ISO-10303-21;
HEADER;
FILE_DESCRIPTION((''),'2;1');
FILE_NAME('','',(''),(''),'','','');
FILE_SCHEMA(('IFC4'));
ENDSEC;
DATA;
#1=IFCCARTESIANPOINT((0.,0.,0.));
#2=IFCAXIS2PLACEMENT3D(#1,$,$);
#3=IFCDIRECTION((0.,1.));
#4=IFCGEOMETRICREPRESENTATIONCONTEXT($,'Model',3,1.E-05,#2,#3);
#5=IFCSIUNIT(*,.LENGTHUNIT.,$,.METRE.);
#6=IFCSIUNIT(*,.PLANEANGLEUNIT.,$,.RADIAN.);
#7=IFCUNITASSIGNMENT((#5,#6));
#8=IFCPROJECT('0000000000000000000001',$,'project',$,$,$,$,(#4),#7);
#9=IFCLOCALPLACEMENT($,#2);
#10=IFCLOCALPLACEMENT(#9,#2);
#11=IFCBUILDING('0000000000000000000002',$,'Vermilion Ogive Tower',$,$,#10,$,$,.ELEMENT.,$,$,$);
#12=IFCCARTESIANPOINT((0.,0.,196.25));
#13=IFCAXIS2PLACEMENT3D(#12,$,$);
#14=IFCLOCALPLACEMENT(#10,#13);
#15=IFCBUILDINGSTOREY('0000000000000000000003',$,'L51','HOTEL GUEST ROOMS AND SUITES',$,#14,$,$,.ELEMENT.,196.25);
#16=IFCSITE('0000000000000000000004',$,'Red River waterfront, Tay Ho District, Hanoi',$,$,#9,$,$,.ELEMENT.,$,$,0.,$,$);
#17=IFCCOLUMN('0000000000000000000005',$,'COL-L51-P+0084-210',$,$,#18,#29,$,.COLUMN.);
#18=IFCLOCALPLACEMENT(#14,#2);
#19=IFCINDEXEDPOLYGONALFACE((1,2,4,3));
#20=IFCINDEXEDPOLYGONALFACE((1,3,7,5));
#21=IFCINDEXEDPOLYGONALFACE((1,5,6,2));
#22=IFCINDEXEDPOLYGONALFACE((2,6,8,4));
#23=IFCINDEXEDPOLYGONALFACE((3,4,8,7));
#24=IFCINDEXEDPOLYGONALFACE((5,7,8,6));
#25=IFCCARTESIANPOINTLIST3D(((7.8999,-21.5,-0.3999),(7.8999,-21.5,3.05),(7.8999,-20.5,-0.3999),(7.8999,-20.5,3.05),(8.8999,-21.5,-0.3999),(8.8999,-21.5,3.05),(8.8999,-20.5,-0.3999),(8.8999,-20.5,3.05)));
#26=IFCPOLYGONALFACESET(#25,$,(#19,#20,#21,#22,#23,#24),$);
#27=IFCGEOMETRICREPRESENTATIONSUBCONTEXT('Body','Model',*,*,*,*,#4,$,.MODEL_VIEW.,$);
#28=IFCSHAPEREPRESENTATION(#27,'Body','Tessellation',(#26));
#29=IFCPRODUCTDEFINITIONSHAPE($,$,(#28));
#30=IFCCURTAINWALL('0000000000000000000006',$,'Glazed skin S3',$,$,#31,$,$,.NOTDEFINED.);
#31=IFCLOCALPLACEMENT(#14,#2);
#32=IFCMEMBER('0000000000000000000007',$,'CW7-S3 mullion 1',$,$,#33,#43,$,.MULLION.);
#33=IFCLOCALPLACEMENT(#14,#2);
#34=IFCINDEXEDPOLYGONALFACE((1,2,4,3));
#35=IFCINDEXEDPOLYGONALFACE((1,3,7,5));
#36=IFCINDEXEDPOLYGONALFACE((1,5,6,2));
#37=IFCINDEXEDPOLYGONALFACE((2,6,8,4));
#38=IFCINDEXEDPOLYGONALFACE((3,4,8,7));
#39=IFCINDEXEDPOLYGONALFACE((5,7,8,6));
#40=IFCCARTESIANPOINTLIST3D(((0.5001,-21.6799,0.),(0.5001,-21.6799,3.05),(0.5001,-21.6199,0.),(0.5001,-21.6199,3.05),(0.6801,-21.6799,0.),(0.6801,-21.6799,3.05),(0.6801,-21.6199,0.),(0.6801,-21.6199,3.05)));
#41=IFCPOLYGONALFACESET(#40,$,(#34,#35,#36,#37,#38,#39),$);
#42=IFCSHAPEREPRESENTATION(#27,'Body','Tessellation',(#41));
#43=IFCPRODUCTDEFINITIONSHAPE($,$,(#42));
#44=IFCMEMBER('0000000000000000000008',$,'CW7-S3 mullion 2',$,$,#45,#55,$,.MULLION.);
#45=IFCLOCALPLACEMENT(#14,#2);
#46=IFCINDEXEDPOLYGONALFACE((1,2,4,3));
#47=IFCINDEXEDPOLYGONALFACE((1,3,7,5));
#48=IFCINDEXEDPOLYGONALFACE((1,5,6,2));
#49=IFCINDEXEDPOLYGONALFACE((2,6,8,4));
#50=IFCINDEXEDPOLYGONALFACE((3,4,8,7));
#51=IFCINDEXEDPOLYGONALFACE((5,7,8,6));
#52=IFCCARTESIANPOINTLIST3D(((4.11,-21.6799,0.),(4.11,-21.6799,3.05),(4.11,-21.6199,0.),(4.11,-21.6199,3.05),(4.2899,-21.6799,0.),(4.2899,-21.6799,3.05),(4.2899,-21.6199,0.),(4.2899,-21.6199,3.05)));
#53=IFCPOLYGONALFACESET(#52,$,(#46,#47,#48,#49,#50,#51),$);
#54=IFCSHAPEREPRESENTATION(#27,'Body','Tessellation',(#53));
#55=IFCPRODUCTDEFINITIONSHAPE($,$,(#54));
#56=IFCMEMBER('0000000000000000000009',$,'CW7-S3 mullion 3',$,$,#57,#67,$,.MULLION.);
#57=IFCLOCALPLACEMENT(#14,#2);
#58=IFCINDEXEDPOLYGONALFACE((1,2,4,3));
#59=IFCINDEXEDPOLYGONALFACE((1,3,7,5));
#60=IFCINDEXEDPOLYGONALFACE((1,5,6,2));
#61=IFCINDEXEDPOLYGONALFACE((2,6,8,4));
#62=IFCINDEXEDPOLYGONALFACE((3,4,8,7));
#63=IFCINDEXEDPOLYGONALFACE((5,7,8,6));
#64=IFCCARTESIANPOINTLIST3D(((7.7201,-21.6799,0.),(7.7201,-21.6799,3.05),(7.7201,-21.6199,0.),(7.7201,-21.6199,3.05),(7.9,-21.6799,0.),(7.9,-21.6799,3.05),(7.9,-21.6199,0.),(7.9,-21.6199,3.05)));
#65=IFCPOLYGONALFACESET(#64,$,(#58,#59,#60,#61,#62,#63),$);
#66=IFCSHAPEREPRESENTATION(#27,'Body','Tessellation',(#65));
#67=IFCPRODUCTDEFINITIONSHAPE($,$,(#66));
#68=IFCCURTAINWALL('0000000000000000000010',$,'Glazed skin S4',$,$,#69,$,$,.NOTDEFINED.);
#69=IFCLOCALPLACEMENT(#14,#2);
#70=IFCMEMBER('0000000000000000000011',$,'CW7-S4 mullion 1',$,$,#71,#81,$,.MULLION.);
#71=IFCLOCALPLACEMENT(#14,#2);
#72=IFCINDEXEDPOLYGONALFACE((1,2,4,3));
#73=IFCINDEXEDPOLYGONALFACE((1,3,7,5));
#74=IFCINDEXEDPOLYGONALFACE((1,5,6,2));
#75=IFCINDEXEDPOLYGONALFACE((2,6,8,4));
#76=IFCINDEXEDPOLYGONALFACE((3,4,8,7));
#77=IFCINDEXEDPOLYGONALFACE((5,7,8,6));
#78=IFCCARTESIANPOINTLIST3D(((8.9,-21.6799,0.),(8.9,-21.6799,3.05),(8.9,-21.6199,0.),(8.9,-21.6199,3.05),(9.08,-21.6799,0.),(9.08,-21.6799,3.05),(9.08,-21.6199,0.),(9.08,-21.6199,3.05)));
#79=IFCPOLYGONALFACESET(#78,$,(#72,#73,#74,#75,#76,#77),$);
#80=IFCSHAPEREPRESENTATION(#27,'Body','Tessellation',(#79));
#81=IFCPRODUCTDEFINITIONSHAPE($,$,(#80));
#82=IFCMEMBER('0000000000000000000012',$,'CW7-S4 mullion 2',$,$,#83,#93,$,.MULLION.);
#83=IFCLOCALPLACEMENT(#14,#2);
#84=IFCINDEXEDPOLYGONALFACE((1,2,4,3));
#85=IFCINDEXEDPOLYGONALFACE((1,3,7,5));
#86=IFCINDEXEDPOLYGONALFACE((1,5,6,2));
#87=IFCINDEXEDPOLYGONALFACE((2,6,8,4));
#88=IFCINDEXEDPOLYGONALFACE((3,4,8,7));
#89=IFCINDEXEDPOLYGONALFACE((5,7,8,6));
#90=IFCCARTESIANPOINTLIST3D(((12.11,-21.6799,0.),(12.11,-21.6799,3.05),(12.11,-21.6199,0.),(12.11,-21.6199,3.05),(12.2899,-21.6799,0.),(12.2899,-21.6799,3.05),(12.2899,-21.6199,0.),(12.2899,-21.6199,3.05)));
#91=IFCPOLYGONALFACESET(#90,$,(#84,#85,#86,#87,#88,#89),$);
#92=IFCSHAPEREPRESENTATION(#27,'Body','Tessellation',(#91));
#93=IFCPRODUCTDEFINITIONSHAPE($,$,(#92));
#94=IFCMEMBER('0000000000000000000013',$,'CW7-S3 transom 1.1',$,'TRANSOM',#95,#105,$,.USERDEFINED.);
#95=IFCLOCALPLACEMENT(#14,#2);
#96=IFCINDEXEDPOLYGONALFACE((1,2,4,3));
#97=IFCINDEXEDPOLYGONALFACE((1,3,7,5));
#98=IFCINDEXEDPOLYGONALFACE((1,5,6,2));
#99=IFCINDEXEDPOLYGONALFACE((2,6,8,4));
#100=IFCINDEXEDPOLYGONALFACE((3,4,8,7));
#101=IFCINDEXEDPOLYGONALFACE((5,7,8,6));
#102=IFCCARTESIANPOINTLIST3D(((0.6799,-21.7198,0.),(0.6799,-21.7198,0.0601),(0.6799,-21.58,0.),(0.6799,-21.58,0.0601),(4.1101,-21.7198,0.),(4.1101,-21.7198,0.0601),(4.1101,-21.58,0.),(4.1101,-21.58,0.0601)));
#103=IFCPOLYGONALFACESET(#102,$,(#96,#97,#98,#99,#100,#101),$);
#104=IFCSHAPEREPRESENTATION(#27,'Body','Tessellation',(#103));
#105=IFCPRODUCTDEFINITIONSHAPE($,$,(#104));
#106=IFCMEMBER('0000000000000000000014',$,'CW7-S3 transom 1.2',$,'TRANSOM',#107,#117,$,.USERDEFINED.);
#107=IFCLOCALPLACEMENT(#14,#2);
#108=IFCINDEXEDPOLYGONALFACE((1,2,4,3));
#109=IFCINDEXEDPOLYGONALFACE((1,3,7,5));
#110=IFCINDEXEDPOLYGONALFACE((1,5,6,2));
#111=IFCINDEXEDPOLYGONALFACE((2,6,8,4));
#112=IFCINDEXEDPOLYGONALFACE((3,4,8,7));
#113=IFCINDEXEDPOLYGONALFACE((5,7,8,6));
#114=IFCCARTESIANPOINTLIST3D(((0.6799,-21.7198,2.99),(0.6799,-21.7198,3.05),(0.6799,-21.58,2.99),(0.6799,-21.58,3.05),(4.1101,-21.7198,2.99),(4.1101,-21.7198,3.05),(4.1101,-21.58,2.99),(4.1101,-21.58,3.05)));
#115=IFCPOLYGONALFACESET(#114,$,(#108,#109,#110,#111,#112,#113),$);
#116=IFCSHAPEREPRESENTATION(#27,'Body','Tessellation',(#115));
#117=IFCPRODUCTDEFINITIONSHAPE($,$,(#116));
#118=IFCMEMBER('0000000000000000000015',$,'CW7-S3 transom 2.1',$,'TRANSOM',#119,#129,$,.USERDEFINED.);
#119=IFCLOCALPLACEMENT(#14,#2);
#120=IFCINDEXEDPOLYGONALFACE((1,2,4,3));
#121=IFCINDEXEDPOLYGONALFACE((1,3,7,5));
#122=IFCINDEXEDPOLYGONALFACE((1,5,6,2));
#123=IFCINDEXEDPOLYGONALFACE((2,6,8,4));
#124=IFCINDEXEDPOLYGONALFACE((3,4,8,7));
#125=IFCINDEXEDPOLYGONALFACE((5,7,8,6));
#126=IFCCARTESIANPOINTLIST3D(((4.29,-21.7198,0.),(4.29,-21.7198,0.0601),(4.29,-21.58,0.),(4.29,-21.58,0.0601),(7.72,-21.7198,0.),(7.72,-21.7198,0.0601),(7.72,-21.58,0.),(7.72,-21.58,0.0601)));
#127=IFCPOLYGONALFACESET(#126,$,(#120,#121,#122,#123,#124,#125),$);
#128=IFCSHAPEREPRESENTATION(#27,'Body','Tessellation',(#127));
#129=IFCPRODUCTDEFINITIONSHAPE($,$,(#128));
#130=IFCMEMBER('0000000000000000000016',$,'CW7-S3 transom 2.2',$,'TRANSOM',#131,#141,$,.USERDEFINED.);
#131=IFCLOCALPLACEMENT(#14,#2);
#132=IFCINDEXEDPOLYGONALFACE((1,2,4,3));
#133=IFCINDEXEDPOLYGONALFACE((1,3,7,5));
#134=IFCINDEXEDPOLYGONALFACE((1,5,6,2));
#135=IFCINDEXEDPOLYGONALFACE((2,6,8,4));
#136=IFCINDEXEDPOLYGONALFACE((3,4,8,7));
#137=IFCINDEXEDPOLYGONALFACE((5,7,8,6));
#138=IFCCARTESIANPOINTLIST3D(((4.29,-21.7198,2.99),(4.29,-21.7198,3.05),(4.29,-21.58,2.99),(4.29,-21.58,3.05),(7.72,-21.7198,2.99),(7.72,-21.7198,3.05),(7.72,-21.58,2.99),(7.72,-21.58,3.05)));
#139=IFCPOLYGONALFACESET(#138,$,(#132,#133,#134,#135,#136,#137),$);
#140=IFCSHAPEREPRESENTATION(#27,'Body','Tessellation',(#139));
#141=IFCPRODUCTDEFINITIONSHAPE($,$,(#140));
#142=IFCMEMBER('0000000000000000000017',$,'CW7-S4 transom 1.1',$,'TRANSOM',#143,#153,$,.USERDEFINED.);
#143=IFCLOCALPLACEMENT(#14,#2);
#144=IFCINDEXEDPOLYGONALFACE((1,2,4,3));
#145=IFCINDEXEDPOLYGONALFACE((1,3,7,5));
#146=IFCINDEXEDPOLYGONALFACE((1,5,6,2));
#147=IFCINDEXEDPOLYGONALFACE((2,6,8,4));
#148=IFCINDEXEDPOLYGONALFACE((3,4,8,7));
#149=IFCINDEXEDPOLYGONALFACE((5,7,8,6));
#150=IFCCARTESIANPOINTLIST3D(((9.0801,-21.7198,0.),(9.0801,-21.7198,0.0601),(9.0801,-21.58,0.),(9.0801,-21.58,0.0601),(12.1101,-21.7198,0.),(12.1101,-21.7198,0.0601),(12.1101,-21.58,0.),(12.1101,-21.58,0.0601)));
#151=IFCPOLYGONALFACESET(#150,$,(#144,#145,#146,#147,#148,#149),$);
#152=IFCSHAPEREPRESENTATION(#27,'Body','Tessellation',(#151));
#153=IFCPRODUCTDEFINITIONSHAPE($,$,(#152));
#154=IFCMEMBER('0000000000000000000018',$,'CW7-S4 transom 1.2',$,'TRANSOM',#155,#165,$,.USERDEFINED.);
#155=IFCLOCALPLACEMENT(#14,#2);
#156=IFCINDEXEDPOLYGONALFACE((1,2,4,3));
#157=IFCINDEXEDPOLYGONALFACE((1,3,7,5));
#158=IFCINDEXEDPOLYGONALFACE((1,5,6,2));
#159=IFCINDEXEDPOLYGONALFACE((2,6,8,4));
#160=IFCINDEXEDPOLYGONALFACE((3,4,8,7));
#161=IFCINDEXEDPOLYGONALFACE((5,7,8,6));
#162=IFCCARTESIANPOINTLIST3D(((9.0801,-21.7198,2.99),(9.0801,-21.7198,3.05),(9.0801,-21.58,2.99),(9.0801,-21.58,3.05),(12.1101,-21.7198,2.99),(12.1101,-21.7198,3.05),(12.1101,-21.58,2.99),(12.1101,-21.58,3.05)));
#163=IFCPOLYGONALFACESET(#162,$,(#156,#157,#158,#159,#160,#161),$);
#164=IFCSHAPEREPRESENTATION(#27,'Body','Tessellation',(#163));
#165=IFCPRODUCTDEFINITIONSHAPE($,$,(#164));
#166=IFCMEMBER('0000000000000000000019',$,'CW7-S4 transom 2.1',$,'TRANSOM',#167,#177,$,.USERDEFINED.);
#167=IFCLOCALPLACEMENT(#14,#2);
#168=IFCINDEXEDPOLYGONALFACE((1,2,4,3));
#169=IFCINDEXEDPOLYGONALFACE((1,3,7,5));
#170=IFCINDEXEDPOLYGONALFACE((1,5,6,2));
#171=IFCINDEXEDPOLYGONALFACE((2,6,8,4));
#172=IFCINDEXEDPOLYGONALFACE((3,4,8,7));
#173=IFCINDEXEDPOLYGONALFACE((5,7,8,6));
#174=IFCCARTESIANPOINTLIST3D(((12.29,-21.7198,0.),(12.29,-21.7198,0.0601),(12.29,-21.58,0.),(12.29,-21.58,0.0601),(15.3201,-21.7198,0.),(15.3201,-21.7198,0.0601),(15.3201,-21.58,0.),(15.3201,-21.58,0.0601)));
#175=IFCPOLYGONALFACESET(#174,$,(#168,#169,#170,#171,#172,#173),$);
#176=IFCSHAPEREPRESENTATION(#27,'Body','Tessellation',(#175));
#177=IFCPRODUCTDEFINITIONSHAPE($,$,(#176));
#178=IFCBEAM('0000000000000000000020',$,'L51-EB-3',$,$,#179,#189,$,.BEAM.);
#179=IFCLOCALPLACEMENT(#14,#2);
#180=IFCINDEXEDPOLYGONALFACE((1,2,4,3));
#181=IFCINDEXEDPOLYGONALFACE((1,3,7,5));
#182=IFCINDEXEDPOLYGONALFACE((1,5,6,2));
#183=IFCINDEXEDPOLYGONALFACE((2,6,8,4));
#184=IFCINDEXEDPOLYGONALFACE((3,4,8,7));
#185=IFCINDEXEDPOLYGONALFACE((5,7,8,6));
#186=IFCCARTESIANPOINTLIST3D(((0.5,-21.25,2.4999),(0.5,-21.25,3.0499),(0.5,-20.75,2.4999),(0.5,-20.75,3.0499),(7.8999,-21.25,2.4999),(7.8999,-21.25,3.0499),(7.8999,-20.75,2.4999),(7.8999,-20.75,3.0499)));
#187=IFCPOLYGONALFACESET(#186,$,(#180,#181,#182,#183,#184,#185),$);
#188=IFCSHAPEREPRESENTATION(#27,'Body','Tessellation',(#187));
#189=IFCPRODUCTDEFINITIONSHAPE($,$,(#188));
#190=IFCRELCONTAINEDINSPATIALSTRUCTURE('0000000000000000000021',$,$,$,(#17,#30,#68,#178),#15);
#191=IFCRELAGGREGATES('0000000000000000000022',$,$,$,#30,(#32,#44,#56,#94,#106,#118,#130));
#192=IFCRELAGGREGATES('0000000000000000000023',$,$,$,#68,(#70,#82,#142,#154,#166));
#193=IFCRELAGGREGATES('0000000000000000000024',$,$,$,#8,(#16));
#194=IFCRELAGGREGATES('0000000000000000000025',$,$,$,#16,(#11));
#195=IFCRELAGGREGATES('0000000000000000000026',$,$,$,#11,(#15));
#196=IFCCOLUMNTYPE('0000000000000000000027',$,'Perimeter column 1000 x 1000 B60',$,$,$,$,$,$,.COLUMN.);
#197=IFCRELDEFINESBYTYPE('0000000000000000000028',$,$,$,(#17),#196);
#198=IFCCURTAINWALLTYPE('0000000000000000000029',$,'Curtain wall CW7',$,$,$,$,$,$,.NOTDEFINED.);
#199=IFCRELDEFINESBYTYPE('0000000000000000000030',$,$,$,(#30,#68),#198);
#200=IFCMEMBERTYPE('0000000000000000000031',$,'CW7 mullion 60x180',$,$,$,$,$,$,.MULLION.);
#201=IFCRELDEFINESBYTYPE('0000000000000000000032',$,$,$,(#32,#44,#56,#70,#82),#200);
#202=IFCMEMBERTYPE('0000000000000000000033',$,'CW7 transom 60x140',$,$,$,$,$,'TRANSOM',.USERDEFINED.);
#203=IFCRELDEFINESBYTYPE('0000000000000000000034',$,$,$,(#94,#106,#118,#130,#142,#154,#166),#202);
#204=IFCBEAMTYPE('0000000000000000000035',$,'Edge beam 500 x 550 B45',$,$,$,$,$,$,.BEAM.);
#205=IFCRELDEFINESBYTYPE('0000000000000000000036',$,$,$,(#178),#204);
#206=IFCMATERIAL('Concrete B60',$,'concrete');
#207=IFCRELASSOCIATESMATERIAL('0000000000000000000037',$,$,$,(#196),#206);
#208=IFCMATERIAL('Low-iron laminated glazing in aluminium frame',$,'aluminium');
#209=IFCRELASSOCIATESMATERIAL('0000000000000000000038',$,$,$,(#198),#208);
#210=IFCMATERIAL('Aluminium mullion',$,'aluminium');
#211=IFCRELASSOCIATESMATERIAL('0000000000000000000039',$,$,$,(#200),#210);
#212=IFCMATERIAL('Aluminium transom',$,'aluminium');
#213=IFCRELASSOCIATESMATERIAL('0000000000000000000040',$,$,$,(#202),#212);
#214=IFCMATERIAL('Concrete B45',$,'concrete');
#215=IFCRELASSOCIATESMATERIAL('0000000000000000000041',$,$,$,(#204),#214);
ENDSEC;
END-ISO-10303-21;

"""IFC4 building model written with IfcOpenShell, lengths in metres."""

from ifc_helpers import new_model, si_unit, direction, frame, origin, origin_2d, place, context, subcontext, project, spatial, rectangle, extrude, material, material_profile, profile_set, type_object, element, aggregate, save


model = new_model("IFC4")

# Units and contexts
model_context = context("Model", 3, precision=1e-05, world=origin(), true_north=direction((0.0, 1.0)))
body_context = subcontext(model_context, "Body", "Model", "MODEL_VIEW")
ifc_project = project(units=[si_unit("LENGTHUNIT", "METRE"), si_unit("PLANEANGLEUNIT", "RADIAN")], contexts=[model_context])

# Site, building, storey
site_placement = place(None, origin())
site = spatial("IfcSite", under=ifc_project, at=site_placement, Name="Red River waterfront, Tay Ho District, Hanoi", CompositionType="ELEMENT", RefElevation=0.0)
building_placement = place(site_placement, origin())
building = spatial("IfcBuilding", under=site, at=building_placement, Name="Vermilion Ogive Tower", CompositionType="ELEMENT")
storey_placement = place(building_placement, frame((0.0, 0.0, 196.25)))
storey = spatial("IfcBuildingStorey", under=building, at=storey_placement, Name="L51", Description="HOTEL GUEST ROOMS AND SUITES", CompositionType="ELEMENT", Elevation=196.25)

# Column
ifc_material_1 = material(Name="Concrete B60", Category="concrete")
ifc_material_profile_1 = material_profile(ifc_material_1, rectangle(XDim=1.0, YDim=1.0, at=origin_2d()), Name="1000 x 1000")
ifc_profile_set_1 = profile_set([ifc_material_profile_1], Name="Concrete B60")
column_type = type_object("IfcColumnType", Name="Perimeter column 1000 x 1000 B60", PredefinedType="COLUMN", material=ifc_profile_set_1)
column_placement = place(storey_placement, frame((8.3999, -21.0, -0.3999), z_axis=(0.0, 0.0, 1.0), x_axis=(1.0, 0.0, 0.0)))
element("IfcColumn", 1, at=column_placement, inside=storey, type_object=column_type, Name="COL-L51-P+0084-210", PredefinedType="COLUMN", context=body_context, shape_type="SweptSolid", body=[
    extrude(rectangle(XDim=1.0, YDim=1.0, at=origin_2d()), origin(), (0.0, 0.0, 1.0), 3.45),
])

# Curtain walls, members
ifc_material_2 = material(Name="Low-iron laminated glazing in aluminium frame", Category="aluminium")
curtain_wall_type = type_object("IfcCurtainWallType", Name="Curtain wall CW7", PredefinedType="NOTDEFINED", material=ifc_material_2)
curtain_wall_1_placement = place(storey_placement, origin())
curtain_wall_1 = element("IfcCurtainWall", 2, at=curtain_wall_1_placement, inside=storey, type_object=curtain_wall_type, Name="Glazed skin S3", PredefinedType="NOTDEFINED")
ifc_material_3 = material(Name="Aluminium mullion", Category="aluminium")
ifc_material_profile_2 = material_profile(ifc_material_3, rectangle(XDim=0.0601, YDim=0.1799, at=origin_2d()), Name="AL 60x180")
ifc_profile_set_2 = profile_set([ifc_material_profile_2], Name="Aluminium mullion")
member_type_1 = type_object("IfcMemberType", Name="CW7 mullion 60x180", PredefinedType="MULLION", material=ifc_profile_set_2)
member_1_placement = place(storey_placement, frame((0.5901, -21.6499, 0.0), z_axis=(0.0, 0.0, 1.0), x_axis=(0.0, 1.0, 0.0)))
member_1 = element("IfcMember", 3, at=member_1_placement, type_object=member_type_1, Name="CW7-S3 mullion 1", PredefinedType="MULLION", context=body_context, shape_type="SweptSolid", body=[
    extrude(rectangle(XDim=0.0601, YDim=0.1799, at=origin_2d()), origin(), (0.0, 0.0, 1.0), 3.05),
])
member_2_placement = place(storey_placement, frame((4.2, -21.6499, 0.0), z_axis=(0.0, 0.0, 1.0), x_axis=(0.0, 1.0, 0.0)))
member_2 = element("IfcMember", 4, at=member_2_placement, type_object=member_type_1, Name="CW7-S3 mullion 2", PredefinedType="MULLION", context=body_context, shape_type="SweptSolid", body=[
    extrude(rectangle(XDim=0.0601, YDim=0.1799, at=origin_2d()), origin(), (0.0, 0.0, 1.0), 3.05),
])
member_3_placement = place(storey_placement, frame((7.8101, -21.6499, 0.0), z_axis=(0.0, 0.0, 1.0), x_axis=(0.0, 1.0, 0.0)))
member_3 = element("IfcMember", 5, at=member_3_placement, type_object=member_type_1, Name="CW7-S3 mullion 3", PredefinedType="MULLION", context=body_context, shape_type="SweptSolid", body=[
    extrude(rectangle(XDim=0.0601, YDim=0.1799, at=origin_2d()), origin(), (0.0, 0.0, 1.0), 3.05),
])
curtain_wall_2_placement = place(storey_placement, origin())
curtain_wall_2 = element("IfcCurtainWall", 6, at=curtain_wall_2_placement, inside=storey, type_object=curtain_wall_type, Name="Glazed skin S4", PredefinedType="NOTDEFINED")
member_4_placement = place(storey_placement, frame((8.99, -21.6499, 0.0), z_axis=(0.0, 0.0, 1.0), x_axis=(0.0, 1.0, 0.0)))
member_4 = element("IfcMember", 7, at=member_4_placement, type_object=member_type_1, Name="CW7-S4 mullion 1", PredefinedType="MULLION", context=body_context, shape_type="SweptSolid", body=[
    extrude(rectangle(XDim=0.0601, YDim=0.1799, at=origin_2d()), origin(), (0.0, 0.0, 1.0), 3.05),
])
member_5_placement = place(storey_placement, frame((12.2, -21.6499, 0.0), z_axis=(0.0, 0.0, 1.0), x_axis=(0.0, 1.0, 0.0)))
member_5 = element("IfcMember", 8, at=member_5_placement, type_object=member_type_1, Name="CW7-S4 mullion 2", PredefinedType="MULLION", context=body_context, shape_type="SweptSolid", body=[
    extrude(rectangle(XDim=0.0601, YDim=0.1799, at=origin_2d()), origin(), (0.0, 0.0, 1.0), 3.05),
])

# Members
ifc_material_4 = material(Name="Aluminium transom", Category="aluminium")
ifc_material_profile_3 = material_profile(ifc_material_4, rectangle(XDim=0.1399, YDim=0.0601, at=origin_2d()), Name="AL 60x140")
ifc_profile_set_3 = profile_set([ifc_material_profile_3], Name="Aluminium transom")
member_type_2 = type_object("IfcMemberType", Name="CW7 transom 60x140", ElementType="TRANSOM", PredefinedType="USERDEFINED", material=ifc_profile_set_3)
member_6_placement = place(storey_placement, frame((0.6799, -21.6499, 0.03), z_axis=(1.0, 0.0, 0.0), x_axis=(0.0, 1.0, 0.0)))
member_6 = element("IfcMember", 9, at=member_6_placement, type_object=member_type_2, Name="CW7-S3 transom 1.1", ObjectType="TRANSOM", PredefinedType="USERDEFINED", context=body_context, shape_type="SweptSolid", body=[
    extrude(rectangle(XDim=0.1399, YDim=0.0601, at=origin_2d()), origin(), (0.0, 0.0, 1.0), 3.4302),
])
member_7_placement = place(storey_placement, frame((0.6799, -21.6499, 3.02), z_axis=(1.0, 0.0, 0.0), x_axis=(0.0, 1.0, 0.0)))
member_7 = element("IfcMember", 10, at=member_7_placement, type_object=member_type_2, Name="CW7-S3 transom 1.2", ObjectType="TRANSOM", PredefinedType="USERDEFINED", context=body_context, shape_type="SweptSolid", body=[
    extrude(rectangle(XDim=0.1399, YDim=0.0601, at=origin_2d()), origin(), (0.0, 0.0, 1.0), 3.4302),
])
member_8_placement = place(storey_placement, frame((4.29, -21.6499, 0.03), z_axis=(1.0, 0.0, 0.0), x_axis=(0.0, 1.0, 0.0)))
member_8 = element("IfcMember", 11, at=member_8_placement, type_object=member_type_2, Name="CW7-S3 transom 2.1", ObjectType="TRANSOM", PredefinedType="USERDEFINED", context=body_context, shape_type="SweptSolid", body=[
    extrude(rectangle(XDim=0.1399, YDim=0.0601, at=origin_2d()), origin(), (0.0, 0.0, 1.0), 3.4299),
])
member_9_placement = place(storey_placement, frame((4.29, -21.6499, 3.02), z_axis=(1.0, 0.0, 0.0), x_axis=(0.0, 1.0, 0.0)))
member_9 = element("IfcMember", 12, at=member_9_placement, type_object=member_type_2, Name="CW7-S3 transom 2.2", ObjectType="TRANSOM", PredefinedType="USERDEFINED", context=body_context, shape_type="SweptSolid", body=[
    extrude(rectangle(XDim=0.1399, YDim=0.0601, at=origin_2d()), origin(), (0.0, 0.0, 1.0), 3.4299),
])
member_10_placement = place(storey_placement, frame((9.0801, -21.6499, 0.03), z_axis=(1.0, 0.0, 0.0), x_axis=(0.0, 1.0, 0.0)))
member_10 = element("IfcMember", 13, at=member_10_placement, type_object=member_type_2, Name="CW7-S4 transom 1.1", ObjectType="TRANSOM", PredefinedType="USERDEFINED", context=body_context, shape_type="SweptSolid", body=[
    extrude(rectangle(XDim=0.1399, YDim=0.0601, at=origin_2d()), origin(), (0.0, 0.0, 1.0), 3.03),
])
member_11_placement = place(storey_placement, frame((9.0801, -21.6499, 3.02), z_axis=(1.0, 0.0, 0.0), x_axis=(0.0, 1.0, 0.0)))
member_11 = element("IfcMember", 14, at=member_11_placement, type_object=member_type_2, Name="CW7-S4 transom 1.2", ObjectType="TRANSOM", PredefinedType="USERDEFINED", context=body_context, shape_type="SweptSolid", body=[
    extrude(rectangle(XDim=0.1399, YDim=0.0601, at=origin_2d()), origin(), (0.0, 0.0, 1.0), 3.03),
])
member_12_placement = place(storey_placement, frame((12.29, -21.6499, 0.03), z_axis=(1.0, 0.0, 0.0), x_axis=(0.0, 1.0, 0.0)))
member_12 = element("IfcMember", 15, at=member_12_placement, type_object=member_type_2, Name="CW7-S4 transom 2.1", ObjectType="TRANSOM", PredefinedType="USERDEFINED", context=body_context, shape_type="SweptSolid", body=[
    extrude(rectangle(XDim=0.1399, YDim=0.0601, at=origin_2d()), origin(), (0.0, 0.0, 1.0), 3.03),
])

# Beam
ifc_material_5 = material(Name="Concrete B45", Category="concrete")
ifc_material_profile_4 = material_profile(ifc_material_5, rectangle(XDim=0.5, YDim=0.55, at=origin_2d()), Name="500 x 550")
ifc_profile_set_4 = profile_set([ifc_material_profile_4], Name="Concrete B45")
beam_type = type_object("IfcBeamType", Name="Edge beam 500 x 550 B45", PredefinedType="BEAM", material=ifc_profile_set_4)
beam_1_placement = place(storey_placement, frame((0.5, -21.0, 2.7749), z_axis=(1.0, 0.0, 0.0), x_axis=(0.0, 1.0, 0.0)))
element("IfcBeam", 16, at=beam_1_placement, inside=storey, type_object=beam_type, Name="L51-EB-3", PredefinedType="BEAM", context=body_context, shape_type="SweptSolid", body=[
    extrude(rectangle(XDim=0.5, YDim=0.55, at=origin_2d()), origin(), (0.0, 0.0, 1.0), 7.3999),
])

aggregate(curtain_wall_1, [member_1, member_2, member_3, member_6, member_7, member_8, member_9])
aggregate(curtain_wall_2, [member_4, member_5, member_10, member_11, member_12])

save(model, "model.ifc")
